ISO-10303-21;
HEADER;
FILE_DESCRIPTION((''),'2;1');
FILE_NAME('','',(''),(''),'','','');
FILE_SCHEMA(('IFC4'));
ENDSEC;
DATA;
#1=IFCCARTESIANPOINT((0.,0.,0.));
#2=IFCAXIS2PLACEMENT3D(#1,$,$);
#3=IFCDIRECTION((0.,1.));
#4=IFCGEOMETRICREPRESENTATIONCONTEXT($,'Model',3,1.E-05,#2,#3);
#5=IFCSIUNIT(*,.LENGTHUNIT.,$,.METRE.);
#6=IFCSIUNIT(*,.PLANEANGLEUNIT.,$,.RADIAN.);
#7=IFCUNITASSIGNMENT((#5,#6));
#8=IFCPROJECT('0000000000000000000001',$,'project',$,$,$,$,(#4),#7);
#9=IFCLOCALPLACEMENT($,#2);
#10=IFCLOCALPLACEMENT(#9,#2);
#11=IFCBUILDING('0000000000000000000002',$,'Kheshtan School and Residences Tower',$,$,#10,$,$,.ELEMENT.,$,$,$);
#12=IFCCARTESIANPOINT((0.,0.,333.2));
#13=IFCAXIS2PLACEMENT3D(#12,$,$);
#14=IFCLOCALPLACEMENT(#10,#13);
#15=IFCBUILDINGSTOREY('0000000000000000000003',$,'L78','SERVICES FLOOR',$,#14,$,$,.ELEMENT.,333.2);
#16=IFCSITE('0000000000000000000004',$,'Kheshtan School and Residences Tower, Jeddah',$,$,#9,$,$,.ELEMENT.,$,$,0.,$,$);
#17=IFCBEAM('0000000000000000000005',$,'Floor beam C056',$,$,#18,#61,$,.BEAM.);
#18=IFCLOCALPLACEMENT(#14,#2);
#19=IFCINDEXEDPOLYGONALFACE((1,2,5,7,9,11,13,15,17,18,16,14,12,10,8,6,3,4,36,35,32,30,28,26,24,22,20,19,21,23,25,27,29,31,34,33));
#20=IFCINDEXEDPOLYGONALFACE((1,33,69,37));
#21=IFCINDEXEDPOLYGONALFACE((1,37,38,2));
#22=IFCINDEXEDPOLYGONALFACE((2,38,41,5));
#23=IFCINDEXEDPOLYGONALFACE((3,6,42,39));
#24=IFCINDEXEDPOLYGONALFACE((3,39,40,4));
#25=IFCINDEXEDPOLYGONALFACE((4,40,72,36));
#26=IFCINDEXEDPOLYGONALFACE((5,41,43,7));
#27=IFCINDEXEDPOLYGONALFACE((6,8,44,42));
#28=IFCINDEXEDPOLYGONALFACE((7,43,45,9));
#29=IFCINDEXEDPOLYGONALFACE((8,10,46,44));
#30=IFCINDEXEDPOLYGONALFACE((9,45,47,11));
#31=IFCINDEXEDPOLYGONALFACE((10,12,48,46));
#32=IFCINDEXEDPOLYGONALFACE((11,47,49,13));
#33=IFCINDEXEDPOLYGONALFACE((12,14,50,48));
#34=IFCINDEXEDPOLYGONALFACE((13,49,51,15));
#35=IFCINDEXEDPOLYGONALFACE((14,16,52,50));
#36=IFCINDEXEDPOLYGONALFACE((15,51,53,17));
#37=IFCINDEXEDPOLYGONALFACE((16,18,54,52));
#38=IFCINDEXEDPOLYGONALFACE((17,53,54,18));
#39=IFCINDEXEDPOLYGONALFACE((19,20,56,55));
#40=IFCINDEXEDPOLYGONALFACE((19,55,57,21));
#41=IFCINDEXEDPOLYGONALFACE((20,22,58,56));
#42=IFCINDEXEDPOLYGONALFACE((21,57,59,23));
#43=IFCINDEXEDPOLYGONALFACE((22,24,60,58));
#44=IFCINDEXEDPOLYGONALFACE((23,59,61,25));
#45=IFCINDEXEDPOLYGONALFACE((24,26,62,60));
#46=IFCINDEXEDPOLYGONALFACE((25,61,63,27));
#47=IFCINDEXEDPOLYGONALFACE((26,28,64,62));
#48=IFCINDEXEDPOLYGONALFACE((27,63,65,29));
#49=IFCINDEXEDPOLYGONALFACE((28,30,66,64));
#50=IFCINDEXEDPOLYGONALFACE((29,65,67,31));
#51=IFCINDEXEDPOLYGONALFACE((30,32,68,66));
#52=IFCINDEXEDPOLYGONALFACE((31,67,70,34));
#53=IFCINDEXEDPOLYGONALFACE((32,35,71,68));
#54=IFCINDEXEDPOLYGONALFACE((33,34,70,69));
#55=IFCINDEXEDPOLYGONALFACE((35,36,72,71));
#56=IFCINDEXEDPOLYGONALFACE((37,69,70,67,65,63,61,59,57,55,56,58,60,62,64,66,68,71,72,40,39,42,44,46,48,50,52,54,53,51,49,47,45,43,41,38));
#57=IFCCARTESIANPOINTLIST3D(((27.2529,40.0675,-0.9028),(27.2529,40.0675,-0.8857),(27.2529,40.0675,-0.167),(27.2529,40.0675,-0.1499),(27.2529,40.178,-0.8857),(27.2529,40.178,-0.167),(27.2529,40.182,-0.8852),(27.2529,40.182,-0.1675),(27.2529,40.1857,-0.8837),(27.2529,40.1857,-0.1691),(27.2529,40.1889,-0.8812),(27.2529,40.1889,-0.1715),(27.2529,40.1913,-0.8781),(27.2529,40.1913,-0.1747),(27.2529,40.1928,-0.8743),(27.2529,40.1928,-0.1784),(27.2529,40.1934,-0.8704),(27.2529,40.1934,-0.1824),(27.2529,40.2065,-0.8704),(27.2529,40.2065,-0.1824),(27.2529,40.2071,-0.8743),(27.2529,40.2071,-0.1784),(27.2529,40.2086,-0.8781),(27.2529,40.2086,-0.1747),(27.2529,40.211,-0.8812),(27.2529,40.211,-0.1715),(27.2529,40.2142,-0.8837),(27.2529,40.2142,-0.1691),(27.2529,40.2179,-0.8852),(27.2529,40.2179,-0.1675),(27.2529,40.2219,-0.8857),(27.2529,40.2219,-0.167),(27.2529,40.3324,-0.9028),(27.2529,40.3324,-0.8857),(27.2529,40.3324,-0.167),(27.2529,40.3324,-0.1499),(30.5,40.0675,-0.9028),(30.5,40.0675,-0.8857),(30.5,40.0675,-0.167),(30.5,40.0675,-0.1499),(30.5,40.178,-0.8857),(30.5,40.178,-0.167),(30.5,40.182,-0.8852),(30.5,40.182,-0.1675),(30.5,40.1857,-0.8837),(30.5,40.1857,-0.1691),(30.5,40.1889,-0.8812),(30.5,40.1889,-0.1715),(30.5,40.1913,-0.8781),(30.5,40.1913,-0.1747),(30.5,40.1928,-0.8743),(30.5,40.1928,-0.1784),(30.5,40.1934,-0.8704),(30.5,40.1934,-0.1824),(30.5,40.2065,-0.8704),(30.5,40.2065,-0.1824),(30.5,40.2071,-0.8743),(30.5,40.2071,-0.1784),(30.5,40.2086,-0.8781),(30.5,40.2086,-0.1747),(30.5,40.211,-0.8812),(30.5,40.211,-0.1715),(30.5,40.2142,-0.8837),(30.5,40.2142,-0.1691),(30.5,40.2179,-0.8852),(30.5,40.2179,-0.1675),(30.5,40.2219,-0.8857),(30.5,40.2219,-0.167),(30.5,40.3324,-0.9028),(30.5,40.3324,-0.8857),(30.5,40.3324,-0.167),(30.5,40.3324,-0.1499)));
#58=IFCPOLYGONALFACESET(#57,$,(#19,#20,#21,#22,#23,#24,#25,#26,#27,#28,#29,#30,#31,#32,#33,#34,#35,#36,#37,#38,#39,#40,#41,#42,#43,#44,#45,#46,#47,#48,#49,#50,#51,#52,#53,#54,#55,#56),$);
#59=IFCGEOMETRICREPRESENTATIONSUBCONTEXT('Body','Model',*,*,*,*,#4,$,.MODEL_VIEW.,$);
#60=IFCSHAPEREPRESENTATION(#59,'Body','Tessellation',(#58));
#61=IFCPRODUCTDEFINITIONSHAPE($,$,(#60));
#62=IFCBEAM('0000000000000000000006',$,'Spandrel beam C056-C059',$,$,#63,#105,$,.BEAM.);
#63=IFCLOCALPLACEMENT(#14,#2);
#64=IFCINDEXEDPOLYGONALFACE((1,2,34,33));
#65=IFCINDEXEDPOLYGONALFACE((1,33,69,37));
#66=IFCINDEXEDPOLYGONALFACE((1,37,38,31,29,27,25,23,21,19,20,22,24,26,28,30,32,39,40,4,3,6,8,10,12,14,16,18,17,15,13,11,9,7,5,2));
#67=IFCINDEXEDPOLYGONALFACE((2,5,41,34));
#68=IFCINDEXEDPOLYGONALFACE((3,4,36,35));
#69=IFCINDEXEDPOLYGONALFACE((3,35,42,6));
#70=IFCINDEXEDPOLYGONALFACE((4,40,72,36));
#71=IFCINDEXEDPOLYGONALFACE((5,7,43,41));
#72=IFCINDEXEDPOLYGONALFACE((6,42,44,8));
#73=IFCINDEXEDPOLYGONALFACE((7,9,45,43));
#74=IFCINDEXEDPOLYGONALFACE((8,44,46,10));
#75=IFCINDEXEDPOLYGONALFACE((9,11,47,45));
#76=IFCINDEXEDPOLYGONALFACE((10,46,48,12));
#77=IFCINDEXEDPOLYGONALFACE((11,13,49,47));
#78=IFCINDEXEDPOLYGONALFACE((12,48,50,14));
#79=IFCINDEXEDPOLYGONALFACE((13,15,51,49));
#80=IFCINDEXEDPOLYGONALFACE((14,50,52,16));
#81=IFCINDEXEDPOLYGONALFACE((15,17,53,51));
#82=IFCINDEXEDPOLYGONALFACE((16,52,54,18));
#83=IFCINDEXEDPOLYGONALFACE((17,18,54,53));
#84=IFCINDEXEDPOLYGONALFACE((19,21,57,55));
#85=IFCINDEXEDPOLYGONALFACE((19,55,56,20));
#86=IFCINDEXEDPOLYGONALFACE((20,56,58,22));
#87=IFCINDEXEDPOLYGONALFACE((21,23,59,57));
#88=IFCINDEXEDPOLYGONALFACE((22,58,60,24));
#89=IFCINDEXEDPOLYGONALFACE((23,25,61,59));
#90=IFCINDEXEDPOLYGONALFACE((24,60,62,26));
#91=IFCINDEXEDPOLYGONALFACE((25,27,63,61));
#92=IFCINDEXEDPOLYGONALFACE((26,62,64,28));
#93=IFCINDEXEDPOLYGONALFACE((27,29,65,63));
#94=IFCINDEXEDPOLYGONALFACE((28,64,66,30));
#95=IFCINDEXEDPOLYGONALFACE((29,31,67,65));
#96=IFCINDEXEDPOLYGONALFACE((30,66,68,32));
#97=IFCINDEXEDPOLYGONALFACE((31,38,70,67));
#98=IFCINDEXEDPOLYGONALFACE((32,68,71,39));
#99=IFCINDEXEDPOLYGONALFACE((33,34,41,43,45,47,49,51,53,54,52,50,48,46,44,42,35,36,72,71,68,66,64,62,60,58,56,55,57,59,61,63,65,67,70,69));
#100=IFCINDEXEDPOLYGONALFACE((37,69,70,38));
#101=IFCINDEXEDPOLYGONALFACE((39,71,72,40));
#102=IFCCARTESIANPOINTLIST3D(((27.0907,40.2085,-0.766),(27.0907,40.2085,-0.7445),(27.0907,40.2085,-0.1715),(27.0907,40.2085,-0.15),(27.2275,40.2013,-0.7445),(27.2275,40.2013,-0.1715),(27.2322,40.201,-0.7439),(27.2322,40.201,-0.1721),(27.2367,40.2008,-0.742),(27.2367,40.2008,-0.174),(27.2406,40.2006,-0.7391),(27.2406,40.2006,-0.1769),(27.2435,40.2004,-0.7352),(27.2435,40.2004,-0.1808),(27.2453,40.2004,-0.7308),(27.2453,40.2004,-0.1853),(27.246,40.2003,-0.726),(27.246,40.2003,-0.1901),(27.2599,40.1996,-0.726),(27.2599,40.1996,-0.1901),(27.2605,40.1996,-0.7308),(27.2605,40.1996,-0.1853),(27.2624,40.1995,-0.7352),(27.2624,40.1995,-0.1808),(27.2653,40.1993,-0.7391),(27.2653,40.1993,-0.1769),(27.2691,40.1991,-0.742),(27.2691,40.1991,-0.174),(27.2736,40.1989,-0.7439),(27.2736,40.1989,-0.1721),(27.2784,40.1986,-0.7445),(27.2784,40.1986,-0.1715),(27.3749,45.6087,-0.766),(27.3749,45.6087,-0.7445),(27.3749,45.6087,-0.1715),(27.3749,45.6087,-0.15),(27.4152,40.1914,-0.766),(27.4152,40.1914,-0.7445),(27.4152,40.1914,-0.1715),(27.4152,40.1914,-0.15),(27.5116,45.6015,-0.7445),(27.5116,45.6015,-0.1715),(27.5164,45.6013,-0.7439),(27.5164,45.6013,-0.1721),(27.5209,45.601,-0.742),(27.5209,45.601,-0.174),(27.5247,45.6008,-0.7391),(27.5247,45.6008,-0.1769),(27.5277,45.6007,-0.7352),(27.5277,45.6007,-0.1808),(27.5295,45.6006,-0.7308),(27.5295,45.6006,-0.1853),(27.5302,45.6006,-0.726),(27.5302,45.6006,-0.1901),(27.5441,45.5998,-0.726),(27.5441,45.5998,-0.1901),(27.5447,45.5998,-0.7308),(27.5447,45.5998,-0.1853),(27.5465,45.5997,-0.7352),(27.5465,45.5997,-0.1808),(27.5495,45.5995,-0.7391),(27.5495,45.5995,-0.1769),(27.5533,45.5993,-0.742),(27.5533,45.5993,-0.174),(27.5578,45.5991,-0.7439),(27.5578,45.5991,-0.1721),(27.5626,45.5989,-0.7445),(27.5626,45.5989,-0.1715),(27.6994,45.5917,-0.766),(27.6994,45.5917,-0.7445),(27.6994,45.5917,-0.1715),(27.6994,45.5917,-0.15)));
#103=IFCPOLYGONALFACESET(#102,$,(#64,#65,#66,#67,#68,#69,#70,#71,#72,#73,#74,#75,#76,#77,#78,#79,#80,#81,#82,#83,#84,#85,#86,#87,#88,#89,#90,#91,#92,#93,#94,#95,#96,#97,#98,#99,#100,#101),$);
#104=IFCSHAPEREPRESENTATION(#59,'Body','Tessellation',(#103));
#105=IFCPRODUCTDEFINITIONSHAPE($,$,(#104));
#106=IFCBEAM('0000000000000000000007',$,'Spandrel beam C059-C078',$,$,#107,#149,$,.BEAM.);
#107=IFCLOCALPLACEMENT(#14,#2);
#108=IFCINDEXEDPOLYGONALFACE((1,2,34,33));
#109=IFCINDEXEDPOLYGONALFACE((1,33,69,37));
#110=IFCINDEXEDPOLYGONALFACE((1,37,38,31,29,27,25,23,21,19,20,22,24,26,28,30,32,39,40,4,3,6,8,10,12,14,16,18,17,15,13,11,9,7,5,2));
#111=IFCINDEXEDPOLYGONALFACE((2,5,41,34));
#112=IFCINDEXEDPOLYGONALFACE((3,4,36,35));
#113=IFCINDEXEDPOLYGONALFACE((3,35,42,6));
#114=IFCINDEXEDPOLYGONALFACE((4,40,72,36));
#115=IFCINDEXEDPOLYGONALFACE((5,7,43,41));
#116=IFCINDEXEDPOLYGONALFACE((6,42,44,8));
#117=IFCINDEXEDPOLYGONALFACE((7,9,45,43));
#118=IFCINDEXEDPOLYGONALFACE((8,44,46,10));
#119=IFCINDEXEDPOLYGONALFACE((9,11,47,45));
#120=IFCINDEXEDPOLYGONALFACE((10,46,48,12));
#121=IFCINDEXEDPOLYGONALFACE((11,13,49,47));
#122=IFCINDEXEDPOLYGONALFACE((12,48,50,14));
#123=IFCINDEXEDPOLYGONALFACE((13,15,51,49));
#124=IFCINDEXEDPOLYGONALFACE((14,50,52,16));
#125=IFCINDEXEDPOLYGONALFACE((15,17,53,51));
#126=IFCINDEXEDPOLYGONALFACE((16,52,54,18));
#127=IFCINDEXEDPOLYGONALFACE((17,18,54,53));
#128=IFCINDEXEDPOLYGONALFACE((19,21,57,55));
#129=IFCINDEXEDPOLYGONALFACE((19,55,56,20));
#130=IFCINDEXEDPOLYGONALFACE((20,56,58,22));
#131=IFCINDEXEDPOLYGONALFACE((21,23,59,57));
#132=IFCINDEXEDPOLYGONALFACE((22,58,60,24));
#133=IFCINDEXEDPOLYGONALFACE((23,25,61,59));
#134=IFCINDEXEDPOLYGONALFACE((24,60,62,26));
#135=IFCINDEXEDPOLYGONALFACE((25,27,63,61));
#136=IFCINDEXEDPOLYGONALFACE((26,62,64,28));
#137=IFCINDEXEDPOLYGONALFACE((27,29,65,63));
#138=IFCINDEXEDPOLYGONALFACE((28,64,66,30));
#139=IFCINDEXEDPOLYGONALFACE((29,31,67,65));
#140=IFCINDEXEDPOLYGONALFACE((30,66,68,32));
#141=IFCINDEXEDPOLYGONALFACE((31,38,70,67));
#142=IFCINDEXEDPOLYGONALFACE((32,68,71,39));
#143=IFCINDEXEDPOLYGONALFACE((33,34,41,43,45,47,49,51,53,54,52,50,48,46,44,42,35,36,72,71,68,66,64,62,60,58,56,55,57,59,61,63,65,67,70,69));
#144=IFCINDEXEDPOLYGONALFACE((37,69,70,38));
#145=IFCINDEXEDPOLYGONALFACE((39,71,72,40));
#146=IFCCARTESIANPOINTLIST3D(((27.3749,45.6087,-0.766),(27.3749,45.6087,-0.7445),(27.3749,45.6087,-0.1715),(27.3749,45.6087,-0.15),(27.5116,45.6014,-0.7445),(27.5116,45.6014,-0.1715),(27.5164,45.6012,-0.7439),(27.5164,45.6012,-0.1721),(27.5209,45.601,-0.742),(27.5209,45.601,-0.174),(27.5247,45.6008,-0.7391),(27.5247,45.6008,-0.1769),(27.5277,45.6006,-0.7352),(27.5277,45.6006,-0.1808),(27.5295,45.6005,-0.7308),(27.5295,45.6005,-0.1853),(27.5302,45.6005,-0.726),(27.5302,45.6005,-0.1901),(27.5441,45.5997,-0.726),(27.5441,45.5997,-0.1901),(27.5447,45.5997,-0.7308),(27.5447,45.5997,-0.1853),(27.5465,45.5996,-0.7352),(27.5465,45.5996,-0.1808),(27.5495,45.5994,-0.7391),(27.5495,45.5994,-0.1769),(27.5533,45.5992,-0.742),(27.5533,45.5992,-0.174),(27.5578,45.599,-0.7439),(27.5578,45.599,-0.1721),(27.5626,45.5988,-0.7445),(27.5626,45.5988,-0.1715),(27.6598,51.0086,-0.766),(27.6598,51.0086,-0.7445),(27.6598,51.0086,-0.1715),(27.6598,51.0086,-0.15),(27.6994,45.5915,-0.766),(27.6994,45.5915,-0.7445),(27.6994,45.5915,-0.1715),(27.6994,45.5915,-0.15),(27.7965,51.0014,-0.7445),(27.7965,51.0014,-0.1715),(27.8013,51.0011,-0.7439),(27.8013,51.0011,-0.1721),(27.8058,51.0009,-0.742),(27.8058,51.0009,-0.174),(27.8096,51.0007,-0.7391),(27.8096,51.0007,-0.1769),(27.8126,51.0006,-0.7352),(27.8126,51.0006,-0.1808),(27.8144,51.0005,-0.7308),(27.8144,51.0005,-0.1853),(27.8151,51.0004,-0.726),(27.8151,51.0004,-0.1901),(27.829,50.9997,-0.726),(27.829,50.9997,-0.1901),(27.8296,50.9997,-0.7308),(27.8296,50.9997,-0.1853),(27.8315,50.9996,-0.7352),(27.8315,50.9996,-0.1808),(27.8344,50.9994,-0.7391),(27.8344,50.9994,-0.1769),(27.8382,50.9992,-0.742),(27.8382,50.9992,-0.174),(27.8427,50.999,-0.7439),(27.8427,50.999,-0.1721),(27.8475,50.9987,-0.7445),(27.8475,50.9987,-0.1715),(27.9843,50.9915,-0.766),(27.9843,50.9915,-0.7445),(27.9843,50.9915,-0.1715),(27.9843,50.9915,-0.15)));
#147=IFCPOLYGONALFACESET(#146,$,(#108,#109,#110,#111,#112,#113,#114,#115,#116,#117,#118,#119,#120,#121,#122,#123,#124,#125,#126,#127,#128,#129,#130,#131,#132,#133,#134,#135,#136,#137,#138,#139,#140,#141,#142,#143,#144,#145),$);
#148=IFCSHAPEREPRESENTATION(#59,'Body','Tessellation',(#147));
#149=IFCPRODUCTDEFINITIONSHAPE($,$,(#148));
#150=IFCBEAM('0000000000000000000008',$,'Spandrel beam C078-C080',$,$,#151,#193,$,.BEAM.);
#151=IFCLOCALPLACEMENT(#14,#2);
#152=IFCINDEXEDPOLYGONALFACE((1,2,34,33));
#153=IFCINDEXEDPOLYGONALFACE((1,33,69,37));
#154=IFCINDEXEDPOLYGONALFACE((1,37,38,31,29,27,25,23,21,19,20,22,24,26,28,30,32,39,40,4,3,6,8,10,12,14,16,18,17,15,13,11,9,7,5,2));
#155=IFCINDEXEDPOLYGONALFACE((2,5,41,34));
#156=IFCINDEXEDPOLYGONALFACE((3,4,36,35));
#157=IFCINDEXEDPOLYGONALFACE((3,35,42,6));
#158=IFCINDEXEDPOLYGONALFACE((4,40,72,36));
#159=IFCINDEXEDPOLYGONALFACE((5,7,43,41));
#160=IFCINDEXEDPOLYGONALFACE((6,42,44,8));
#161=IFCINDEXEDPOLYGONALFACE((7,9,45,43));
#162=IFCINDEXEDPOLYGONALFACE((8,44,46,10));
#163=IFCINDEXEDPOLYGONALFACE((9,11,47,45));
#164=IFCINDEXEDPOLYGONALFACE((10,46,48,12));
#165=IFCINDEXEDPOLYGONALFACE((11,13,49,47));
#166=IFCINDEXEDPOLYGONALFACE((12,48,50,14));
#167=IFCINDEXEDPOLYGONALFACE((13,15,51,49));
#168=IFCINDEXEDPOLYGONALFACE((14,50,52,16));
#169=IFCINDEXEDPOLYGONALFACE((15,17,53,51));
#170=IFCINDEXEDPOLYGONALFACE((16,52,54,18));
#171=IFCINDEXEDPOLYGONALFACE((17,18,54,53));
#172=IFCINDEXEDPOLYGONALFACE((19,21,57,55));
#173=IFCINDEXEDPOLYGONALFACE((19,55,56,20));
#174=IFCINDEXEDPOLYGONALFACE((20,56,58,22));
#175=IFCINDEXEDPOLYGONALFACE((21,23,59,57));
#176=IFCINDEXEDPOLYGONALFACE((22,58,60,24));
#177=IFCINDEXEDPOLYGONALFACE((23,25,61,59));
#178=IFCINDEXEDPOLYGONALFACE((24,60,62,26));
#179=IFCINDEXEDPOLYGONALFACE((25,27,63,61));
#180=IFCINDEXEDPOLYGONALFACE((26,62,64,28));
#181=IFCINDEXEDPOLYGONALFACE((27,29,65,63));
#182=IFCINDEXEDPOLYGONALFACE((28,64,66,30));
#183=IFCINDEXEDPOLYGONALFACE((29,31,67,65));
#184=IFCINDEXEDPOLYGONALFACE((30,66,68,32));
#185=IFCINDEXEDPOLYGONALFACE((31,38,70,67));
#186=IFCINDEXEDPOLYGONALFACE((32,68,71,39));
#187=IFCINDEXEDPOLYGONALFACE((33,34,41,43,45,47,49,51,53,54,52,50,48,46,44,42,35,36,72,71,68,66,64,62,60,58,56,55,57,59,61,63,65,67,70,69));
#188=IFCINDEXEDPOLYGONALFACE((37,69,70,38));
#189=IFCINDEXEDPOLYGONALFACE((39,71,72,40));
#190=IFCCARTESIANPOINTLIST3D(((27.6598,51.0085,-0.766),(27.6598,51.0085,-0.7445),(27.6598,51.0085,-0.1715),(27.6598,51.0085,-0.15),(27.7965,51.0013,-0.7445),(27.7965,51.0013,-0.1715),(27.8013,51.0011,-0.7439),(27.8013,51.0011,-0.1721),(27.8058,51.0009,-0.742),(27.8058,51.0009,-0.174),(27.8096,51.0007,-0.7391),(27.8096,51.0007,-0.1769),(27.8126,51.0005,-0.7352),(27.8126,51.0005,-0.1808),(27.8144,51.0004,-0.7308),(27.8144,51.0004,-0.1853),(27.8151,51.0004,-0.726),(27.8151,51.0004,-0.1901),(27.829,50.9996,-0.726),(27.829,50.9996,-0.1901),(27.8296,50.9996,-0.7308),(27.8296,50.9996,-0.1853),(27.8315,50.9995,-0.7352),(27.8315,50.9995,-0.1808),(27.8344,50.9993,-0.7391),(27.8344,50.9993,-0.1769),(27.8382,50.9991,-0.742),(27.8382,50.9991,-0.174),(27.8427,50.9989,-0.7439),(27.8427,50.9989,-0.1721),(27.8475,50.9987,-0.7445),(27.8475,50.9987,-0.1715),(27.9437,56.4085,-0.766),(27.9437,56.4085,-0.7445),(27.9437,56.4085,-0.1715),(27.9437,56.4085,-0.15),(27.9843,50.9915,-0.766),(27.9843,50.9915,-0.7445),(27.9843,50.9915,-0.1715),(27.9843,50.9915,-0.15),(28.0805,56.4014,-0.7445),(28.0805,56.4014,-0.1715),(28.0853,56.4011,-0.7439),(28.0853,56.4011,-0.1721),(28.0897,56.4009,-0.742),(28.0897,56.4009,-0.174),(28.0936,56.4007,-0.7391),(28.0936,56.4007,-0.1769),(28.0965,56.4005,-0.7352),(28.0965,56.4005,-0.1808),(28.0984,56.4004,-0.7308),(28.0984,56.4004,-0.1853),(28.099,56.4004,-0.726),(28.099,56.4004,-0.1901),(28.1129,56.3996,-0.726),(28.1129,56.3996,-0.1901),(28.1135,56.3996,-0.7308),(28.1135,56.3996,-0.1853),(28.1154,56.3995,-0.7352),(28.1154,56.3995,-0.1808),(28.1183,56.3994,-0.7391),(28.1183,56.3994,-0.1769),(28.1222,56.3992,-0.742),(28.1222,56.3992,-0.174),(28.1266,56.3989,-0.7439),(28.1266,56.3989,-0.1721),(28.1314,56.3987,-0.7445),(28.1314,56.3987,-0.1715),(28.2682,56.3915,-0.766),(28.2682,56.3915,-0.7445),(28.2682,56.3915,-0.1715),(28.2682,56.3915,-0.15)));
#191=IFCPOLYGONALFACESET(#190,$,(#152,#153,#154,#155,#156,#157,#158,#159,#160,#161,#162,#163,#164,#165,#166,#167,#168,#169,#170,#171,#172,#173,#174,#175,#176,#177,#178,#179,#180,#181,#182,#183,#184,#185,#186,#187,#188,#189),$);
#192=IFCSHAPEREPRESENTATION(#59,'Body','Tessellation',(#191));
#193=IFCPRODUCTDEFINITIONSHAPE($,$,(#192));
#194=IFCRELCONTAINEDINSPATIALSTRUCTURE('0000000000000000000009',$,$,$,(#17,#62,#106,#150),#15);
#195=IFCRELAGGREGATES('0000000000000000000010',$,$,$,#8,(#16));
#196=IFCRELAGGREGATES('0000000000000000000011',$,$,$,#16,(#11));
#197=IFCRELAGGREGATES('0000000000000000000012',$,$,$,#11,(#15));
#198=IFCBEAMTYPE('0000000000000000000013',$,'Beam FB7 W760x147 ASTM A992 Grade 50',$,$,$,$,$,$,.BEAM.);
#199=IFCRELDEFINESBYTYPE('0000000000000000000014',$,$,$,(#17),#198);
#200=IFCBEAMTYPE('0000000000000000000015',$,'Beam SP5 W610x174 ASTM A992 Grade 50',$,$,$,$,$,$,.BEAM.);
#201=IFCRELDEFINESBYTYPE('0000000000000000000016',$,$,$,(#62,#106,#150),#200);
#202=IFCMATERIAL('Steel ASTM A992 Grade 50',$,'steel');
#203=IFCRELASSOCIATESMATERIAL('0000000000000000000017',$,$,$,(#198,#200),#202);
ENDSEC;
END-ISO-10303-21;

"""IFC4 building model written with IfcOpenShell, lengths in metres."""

from ifc_helpers import new_model, si_unit, direction, frame, origin, origin_2d, place, context, subcontext, project, spatial, i_section, extrude, material, material_profile, profile_set, type_object, element, save


model = new_model("IFC4")

# Units and contexts
model_context = context("Model", 3, precision=1e-05, world=origin(), true_north=direction((0.0, 1.0)))
body_context = subcontext(model_context, "Body", "Model", "MODEL_VIEW")
ifc_project = project(units=[si_unit("LENGTHUNIT", "METRE"), si_unit("PLANEANGLEUNIT", "RADIAN")], contexts=[model_context])

# Site, building, storey
site_placement = place(None, origin())
site = spatial("IfcSite", under=ifc_project, at=site_placement, Name="Kheshtan School and Residences Tower, Jeddah", CompositionType="ELEMENT", RefElevation=0.0)
building_placement = place(site_placement, origin())
building = spatial("IfcBuilding", under=site, at=building_placement, Name="Kheshtan School and Residences Tower", CompositionType="ELEMENT")
storey_placement = place(building_placement, frame((0.0, 0.0, 333.2)))
storey = spatial("IfcBuildingStorey", under=building, at=storey_placement, Name="L78", Description="SERVICES FLOOR", CompositionType="ELEMENT", Elevation=333.2)

# Shared definitions
ifc_material_1 = material(Name="Steel ASTM A992 Grade 50", Category="steel")

# Beams
ifc_material_profile_1 = material_profile(ifc_material_1, i_section(OverallWidth=0.2649, OverallDepth=0.7529, WebThickness=0.0132, FlangeThickness=0.0171, FilletRadius=0.0154, at=origin_2d()), Name="W760x147")
ifc_profile_set_1 = profile_set([ifc_material_profile_1], Name="Steel ASTM A992 Grade 50")
beam_type_1 = type_object("IfcBeamType", Name="Beam FB7 W760x147 ASTM A992 Grade 50", PredefinedType="BEAM", material=ifc_profile_set_1)
beam_1_placement = place(storey_placement, frame((27.2529, 40.2, -0.5264), z_axis=(1.0, 0.0, 0.0), x_axis=(0.0, 1.0, 0.0)))
element("IfcBeam", 1, at=beam_1_placement, inside=storey, type_object=beam_type_1, Name="Floor beam C056", PredefinedType="BEAM", context=body_context, shape_type="SweptSolid", body=[
    extrude(i_section(OverallWidth=0.2649, OverallDepth=0.7529, WebThickness=0.0132, FlangeThickness=0.0171, FilletRadius=0.0154, at=origin_2d()), origin(), (0.0, 0.0, 1.0), 3.2471),
])
ifc_material_profile_2 = material_profile(ifc_material_1, i_section(OverallWidth=0.325, OverallDepth=0.616, WebThickness=0.0139, FlangeThickness=0.0215, FilletRadius=0.0186, at=origin_2d()), Name="W610x174")
ifc_profile_set_2 = profile_set([ifc_material_profile_2], Name="Steel ASTM A992 Grade 50")
beam_type_2 = type_object("IfcBeamType", Name="Beam SP5 W610x174 ASTM A992 Grade 50", PredefinedType="BEAM", material=ifc_profile_set_2)
beam_2_placement = place(storey_placement, frame((27.2529, 40.2, -0.458), z_axis=(0.052552, 0.998618, 0.0), x_axis=(-0.998618, 0.052552, 0.0)))
element("IfcBeam", 2, at=beam_2_placement, inside=storey, type_object=beam_type_2, Name="Spandrel beam C056-C059", PredefinedType="BEAM", context=body_context, shape_type="SweptSolid", body=[
    extrude(i_section(OverallWidth=0.325, OverallDepth=0.616, WebThickness=0.0139, FlangeThickness=0.0215, FilletRadius=0.0186, at=origin_2d()), origin(), (0.0, 0.0, 1.0), 5.4077),
])
for number, where, z_axis, x_axis, name in (
    (3, (27.5371, 45.6001, -0.458), (0.052689, 0.998611, 0.0), (-0.998611, 0.052689, 0.0), "Spandrel beam C059-C078"),
    (4, (27.822, 51.0, -0.458), (0.052509, 0.99862, 0.0), (-0.99862, 0.052509, 0.0), "Spandrel beam C078-C080"),
):
    element("IfcBeam", number, at=place(storey_placement, frame(where, z_axis=z_axis, x_axis=x_axis)), inside=storey, type_object=beam_type_2, Name=name, PredefinedType="BEAM", context=body_context, shape_type="SweptSolid", body=[
        extrude(i_section(OverallWidth=0.325, OverallDepth=0.616, WebThickness=0.0139, FlangeThickness=0.0215, FilletRadius=0.0186, at=origin_2d()), origin(), (0.0, 0.0, 1.0), 5.4075),
    ])

save(model, "model.ifc")
